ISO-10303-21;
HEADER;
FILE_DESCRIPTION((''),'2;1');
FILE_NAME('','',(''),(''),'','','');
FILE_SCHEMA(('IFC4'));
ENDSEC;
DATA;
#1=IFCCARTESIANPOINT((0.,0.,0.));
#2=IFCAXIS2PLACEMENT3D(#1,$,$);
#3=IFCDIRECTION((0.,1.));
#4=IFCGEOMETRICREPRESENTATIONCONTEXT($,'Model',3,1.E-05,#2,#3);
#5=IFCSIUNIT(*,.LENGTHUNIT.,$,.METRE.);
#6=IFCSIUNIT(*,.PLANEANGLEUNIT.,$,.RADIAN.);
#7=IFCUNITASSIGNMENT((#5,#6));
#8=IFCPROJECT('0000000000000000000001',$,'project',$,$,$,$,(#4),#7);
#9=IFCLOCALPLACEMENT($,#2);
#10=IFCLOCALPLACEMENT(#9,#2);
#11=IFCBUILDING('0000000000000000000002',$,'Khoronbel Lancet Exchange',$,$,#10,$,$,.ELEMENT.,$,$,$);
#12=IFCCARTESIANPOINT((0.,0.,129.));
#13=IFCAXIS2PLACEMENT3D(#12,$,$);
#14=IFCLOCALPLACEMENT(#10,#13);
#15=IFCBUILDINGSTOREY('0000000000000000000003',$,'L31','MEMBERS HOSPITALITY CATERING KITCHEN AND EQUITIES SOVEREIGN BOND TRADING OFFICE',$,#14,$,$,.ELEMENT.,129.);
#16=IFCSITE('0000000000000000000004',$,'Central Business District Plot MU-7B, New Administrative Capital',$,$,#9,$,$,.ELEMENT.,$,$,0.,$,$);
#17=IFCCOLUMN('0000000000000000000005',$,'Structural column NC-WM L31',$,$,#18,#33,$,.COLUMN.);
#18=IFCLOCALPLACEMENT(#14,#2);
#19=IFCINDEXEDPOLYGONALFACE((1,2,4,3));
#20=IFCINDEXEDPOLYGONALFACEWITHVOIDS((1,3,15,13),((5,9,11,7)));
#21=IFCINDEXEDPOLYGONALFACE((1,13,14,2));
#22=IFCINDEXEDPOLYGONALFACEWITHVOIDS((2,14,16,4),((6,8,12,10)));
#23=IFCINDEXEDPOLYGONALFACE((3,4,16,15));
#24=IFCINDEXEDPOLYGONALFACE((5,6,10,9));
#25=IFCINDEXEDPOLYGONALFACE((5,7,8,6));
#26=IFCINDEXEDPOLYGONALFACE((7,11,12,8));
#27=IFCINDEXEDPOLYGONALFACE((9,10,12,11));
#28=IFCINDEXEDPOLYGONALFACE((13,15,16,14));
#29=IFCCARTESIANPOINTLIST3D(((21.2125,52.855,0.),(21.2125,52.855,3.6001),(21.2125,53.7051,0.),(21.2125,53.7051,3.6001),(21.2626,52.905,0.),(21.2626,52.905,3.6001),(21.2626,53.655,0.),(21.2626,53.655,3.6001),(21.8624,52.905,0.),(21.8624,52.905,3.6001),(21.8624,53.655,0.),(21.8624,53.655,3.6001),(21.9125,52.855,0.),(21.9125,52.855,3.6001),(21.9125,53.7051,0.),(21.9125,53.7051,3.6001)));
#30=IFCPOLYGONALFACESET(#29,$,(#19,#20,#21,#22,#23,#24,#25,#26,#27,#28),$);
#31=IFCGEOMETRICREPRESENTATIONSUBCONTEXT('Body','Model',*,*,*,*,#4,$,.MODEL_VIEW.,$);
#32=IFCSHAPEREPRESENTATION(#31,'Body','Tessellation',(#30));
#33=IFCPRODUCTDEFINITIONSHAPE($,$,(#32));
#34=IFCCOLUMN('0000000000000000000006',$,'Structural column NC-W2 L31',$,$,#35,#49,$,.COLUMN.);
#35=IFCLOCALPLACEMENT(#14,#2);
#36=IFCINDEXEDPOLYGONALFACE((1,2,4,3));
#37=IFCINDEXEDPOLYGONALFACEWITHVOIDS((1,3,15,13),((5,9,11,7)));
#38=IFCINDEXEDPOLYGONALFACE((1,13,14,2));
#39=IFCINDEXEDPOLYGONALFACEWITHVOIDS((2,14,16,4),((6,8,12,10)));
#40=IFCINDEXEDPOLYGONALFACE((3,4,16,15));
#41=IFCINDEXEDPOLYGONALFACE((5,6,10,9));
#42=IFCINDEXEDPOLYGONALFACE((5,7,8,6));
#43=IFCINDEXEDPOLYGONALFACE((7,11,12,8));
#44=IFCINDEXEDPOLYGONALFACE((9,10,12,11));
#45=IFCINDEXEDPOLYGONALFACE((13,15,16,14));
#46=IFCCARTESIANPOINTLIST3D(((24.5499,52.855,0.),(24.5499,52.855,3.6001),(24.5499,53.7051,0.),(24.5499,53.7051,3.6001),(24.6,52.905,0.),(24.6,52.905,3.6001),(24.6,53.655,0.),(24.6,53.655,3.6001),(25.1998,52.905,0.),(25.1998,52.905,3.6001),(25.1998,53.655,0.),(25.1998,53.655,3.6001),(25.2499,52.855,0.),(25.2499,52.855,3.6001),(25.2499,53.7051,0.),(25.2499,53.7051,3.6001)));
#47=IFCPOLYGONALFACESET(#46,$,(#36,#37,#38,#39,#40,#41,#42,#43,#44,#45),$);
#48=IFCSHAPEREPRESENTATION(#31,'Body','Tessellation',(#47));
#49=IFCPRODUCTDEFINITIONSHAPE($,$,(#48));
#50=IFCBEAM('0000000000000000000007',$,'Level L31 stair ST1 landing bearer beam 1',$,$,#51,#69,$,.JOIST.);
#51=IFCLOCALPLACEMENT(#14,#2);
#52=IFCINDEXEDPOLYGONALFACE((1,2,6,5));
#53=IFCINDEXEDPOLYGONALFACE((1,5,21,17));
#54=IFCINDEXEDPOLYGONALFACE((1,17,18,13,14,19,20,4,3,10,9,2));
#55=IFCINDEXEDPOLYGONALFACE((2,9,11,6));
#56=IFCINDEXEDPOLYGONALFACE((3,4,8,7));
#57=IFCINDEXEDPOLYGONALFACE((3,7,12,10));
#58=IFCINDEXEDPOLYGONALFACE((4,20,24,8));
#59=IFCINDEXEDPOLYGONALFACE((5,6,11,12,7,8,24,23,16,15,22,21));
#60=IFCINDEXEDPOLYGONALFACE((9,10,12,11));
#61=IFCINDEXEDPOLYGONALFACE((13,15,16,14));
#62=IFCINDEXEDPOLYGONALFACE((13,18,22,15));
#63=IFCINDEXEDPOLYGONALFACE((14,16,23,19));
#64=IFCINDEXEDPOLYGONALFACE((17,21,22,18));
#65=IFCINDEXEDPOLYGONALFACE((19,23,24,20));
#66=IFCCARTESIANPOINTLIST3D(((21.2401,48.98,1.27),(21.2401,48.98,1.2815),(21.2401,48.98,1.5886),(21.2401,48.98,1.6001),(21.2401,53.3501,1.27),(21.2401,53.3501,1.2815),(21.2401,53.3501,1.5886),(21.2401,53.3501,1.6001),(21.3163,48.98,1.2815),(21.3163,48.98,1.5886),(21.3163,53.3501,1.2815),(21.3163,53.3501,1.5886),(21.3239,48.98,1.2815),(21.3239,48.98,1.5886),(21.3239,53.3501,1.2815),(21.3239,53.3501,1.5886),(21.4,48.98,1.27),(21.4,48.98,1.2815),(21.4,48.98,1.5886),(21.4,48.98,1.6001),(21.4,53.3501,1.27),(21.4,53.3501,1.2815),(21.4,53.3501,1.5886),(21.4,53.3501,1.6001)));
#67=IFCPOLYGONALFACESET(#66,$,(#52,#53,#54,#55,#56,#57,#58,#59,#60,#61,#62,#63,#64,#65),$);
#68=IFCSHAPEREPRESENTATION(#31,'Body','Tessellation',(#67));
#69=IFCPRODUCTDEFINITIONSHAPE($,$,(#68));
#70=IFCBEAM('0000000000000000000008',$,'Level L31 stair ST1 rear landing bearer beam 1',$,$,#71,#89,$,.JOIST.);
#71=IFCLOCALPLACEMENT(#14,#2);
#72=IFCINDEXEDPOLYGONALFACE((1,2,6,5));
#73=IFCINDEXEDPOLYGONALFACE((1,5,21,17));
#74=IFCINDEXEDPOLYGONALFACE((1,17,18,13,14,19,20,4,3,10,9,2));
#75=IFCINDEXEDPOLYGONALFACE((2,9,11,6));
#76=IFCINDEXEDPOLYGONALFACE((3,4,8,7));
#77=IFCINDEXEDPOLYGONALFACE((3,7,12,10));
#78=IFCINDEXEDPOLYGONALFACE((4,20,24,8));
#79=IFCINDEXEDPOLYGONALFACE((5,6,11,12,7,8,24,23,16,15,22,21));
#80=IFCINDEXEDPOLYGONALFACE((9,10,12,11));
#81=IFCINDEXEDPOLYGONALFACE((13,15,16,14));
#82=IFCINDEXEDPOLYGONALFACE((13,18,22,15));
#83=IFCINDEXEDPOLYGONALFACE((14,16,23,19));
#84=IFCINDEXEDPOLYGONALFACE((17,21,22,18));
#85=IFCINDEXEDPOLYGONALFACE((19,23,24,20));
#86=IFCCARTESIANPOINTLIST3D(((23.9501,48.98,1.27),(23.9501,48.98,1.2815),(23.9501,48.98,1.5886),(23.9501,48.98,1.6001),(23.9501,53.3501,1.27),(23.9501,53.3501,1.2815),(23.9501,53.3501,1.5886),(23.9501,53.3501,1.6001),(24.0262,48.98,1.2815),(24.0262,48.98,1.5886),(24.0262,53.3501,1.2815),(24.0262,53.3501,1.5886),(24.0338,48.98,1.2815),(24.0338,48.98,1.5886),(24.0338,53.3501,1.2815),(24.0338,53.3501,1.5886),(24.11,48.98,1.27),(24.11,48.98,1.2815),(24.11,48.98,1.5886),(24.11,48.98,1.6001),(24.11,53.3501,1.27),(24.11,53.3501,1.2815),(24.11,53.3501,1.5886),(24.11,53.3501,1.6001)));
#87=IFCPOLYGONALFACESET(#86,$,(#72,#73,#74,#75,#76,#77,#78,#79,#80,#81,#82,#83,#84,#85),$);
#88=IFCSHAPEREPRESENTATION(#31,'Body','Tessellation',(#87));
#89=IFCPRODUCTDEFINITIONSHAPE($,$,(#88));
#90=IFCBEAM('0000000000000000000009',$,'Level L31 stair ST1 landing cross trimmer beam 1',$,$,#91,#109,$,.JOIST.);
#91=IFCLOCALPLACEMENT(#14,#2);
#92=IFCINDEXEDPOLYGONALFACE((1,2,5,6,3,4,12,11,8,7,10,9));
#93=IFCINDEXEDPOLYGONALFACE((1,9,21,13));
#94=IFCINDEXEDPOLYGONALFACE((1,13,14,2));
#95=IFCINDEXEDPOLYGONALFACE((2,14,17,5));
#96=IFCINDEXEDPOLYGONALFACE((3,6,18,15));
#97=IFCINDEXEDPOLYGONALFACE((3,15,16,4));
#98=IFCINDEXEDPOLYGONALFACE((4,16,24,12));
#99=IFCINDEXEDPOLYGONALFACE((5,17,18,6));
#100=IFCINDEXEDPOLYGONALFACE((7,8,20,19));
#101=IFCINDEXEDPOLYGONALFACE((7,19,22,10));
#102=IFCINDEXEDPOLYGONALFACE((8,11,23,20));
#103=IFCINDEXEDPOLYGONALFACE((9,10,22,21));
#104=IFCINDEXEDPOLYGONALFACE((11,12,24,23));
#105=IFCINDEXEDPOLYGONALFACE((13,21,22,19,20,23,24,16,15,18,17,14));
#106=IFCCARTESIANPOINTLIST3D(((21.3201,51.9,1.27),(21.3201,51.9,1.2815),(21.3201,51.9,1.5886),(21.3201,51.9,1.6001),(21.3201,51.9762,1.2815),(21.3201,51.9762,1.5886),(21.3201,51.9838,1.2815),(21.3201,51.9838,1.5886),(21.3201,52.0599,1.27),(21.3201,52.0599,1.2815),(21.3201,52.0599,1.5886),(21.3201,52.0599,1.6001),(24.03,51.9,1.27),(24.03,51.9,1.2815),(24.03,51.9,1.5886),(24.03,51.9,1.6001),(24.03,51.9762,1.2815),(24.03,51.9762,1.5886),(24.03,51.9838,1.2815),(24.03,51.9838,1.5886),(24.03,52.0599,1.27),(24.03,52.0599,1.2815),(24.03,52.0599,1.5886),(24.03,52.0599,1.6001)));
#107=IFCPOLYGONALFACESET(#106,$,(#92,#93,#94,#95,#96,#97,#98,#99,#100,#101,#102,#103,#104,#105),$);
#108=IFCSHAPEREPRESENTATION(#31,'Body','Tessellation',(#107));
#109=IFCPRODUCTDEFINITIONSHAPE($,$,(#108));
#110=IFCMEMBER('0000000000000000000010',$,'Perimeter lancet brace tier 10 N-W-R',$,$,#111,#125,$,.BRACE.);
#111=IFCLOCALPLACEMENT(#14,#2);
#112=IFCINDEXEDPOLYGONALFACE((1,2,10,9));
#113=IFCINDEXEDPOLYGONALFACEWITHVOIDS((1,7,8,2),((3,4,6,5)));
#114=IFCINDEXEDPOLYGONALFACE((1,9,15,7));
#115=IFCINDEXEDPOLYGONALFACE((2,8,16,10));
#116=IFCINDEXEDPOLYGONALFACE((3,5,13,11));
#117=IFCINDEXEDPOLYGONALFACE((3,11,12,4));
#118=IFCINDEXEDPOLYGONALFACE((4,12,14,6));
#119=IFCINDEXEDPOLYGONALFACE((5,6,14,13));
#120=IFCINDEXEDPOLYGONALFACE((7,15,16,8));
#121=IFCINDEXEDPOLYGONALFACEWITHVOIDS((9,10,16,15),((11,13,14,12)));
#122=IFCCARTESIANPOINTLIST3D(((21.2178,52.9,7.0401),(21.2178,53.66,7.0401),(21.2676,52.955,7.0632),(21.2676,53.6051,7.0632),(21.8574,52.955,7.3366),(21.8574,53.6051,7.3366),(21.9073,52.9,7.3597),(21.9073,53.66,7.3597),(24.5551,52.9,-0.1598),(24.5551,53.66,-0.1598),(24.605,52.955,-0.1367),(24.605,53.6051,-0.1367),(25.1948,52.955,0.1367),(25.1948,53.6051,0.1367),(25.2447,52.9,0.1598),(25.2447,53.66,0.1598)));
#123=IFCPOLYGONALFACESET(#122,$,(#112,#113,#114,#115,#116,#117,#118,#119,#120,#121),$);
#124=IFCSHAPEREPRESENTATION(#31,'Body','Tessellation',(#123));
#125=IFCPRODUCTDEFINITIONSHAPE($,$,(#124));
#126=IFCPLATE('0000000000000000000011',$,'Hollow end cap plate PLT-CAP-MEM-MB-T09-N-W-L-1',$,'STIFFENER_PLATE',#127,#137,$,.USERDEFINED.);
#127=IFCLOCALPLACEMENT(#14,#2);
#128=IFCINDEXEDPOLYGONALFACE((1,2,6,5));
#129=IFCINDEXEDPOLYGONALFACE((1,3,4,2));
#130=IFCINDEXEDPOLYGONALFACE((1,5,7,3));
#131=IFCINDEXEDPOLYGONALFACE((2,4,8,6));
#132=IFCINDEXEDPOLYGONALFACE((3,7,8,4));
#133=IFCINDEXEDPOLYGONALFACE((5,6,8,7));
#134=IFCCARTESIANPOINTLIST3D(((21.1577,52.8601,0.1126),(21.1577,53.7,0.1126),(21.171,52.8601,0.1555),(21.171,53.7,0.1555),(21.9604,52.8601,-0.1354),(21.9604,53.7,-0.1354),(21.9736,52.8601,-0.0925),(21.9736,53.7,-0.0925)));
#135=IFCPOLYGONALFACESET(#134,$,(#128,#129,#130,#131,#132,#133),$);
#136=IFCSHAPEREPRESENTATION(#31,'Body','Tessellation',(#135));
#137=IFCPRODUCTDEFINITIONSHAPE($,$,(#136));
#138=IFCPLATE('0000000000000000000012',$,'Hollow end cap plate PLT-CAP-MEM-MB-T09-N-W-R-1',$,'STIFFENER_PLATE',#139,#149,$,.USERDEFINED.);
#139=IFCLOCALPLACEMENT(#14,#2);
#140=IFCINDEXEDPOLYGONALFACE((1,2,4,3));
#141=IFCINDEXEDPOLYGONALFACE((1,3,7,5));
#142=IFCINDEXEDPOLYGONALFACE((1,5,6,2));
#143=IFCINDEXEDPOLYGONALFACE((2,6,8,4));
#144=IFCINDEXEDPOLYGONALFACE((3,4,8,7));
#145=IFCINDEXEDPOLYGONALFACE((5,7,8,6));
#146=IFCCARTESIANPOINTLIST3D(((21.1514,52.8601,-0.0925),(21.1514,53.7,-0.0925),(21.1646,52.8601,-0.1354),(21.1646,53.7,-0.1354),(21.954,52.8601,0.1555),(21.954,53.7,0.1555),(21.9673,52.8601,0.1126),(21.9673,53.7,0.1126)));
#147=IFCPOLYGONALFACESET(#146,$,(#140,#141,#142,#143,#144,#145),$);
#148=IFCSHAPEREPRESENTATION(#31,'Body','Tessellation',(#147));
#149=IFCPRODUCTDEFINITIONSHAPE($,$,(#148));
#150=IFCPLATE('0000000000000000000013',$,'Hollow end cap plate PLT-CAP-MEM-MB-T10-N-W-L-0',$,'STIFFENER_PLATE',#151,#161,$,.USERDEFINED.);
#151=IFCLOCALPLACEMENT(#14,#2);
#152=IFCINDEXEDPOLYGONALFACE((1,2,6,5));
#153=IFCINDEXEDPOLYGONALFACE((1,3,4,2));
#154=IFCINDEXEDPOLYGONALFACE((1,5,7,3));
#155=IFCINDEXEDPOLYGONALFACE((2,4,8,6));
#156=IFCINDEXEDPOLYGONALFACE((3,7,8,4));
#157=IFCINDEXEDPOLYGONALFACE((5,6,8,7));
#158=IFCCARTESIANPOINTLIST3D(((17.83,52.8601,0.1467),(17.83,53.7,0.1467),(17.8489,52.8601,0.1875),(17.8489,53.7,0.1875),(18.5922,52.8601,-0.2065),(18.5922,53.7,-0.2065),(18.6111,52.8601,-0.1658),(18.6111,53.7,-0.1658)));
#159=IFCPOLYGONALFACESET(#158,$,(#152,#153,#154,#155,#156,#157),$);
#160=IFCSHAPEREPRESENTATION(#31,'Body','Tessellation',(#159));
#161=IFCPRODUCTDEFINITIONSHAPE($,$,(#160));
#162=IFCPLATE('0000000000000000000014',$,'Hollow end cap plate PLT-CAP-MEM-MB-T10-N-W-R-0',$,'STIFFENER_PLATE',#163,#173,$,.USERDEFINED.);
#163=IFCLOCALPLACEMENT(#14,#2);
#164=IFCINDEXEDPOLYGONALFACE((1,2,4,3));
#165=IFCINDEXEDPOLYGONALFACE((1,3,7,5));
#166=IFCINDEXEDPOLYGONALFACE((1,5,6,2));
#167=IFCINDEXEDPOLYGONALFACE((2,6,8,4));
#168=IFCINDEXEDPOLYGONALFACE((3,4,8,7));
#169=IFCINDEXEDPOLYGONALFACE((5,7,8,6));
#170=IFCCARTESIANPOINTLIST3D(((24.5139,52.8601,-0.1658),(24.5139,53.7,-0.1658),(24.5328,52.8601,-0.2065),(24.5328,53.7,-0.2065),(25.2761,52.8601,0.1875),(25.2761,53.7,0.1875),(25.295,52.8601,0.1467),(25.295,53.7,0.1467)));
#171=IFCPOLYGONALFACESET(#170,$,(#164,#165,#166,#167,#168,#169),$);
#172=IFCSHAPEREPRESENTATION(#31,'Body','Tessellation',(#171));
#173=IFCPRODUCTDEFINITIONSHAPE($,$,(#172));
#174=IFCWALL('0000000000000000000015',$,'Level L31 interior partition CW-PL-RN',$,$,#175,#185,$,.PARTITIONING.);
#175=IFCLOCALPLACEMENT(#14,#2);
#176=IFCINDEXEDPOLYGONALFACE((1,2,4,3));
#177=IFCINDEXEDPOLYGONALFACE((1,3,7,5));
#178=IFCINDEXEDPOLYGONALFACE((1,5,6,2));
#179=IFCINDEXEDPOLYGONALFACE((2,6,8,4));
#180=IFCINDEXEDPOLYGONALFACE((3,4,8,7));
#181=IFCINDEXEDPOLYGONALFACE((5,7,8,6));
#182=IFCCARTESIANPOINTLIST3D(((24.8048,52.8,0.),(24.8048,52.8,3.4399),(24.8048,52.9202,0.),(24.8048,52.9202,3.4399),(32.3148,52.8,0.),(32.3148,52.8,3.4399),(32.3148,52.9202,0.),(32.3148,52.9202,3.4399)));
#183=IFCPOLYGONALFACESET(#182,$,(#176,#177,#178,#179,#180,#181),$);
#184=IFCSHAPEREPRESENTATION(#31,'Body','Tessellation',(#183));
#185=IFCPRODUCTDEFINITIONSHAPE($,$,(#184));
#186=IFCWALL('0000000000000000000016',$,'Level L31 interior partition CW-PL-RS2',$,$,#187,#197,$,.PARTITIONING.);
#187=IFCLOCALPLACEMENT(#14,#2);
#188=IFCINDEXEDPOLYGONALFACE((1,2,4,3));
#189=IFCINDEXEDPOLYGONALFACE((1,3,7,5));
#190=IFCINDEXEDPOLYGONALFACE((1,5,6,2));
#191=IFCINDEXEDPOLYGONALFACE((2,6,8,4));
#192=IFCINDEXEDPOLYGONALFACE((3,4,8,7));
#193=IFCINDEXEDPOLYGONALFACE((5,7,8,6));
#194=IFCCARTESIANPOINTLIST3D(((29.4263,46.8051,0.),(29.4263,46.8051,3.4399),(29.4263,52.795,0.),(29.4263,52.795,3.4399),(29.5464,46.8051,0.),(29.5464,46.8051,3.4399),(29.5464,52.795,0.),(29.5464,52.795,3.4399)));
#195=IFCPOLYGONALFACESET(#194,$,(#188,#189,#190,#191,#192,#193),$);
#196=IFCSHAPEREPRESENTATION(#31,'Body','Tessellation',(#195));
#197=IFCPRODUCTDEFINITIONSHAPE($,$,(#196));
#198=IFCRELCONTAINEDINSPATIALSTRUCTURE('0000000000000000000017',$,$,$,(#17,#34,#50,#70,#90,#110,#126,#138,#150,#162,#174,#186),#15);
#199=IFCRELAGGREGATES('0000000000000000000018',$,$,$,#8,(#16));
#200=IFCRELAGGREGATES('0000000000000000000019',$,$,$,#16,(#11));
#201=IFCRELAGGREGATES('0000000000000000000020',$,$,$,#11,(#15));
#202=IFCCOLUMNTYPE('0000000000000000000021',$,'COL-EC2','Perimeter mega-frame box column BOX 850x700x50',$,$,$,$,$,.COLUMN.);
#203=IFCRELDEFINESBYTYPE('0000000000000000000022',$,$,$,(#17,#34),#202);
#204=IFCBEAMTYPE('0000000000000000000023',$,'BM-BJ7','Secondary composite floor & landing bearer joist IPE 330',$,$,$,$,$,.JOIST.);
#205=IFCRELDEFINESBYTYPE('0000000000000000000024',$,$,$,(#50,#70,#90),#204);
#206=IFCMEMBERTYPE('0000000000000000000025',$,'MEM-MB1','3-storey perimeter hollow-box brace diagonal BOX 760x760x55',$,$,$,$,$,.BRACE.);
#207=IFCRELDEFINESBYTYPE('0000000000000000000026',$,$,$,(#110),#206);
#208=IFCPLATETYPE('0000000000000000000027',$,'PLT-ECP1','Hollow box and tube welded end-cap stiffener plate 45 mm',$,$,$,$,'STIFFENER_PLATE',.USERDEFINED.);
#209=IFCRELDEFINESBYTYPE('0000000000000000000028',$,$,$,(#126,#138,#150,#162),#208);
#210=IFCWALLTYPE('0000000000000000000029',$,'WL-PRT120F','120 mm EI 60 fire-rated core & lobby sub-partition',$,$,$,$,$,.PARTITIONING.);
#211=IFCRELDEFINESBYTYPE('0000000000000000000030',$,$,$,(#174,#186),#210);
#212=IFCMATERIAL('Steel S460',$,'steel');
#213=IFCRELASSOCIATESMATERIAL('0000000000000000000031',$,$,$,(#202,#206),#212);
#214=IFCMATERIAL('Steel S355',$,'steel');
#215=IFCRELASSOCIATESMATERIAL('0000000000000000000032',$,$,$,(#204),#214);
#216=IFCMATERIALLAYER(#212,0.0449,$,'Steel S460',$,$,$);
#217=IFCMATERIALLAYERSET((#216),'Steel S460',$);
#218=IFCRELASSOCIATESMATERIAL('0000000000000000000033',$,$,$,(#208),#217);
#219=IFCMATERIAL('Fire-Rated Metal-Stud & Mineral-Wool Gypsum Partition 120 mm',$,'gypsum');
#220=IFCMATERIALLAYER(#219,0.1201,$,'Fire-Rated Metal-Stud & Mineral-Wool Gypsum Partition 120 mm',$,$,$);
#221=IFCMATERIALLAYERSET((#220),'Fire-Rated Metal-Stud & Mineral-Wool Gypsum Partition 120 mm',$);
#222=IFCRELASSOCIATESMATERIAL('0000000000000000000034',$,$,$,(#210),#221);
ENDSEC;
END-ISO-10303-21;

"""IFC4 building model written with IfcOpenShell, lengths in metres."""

from ifc_helpers import new_model, si_unit, direction, frame, frame_2d, origin, origin_2d, place, context, subcontext, project, spatial, polyline, rectangle, hollow_rectangle, i_section, outline, extrude, material, layer, layer_set, material_profile, profile_set, type_object, element, save


model = new_model("IFC4")

# Units and contexts
model_context = context("Model", 3, precision=1e-05, world=origin(), true_north=direction((0.0, 1.0)))
body_context = subcontext(model_context, "Body", "Model", "MODEL_VIEW")
ifc_project = project(units=[si_unit("LENGTHUNIT", "METRE"), si_unit("PLANEANGLEUNIT", "RADIAN")], contexts=[model_context])

# Site, building, storey
site_placement = place(None, origin())
site = spatial("IfcSite", under=ifc_project, at=site_placement, Name="Central Business District Plot MU-7B, New Administrative Capital", CompositionType="ELEMENT", RefElevation=0.0)
building_placement = place(site_placement, origin())
building = spatial("IfcBuilding", under=site, at=building_placement, Name="Khoronbel Lancet Exchange", CompositionType="ELEMENT")
storey_placement = place(building_placement, frame((0.0, 0.0, 129.0)))
storey = spatial("IfcBuildingStorey", under=building, at=storey_placement, Name="L31", Description="MEMBERS HOSPITALITY CATERING KITCHEN AND EQUITIES SOVEREIGN BOND TRADING OFFICE", CompositionType="ELEMENT", Elevation=129.0)

# Columns
ifc_material_1 = material(Name="Steel S460", Category="steel")
ifc_material_profile_1 = material_profile(ifc_material_1, hollow_rectangle(XDim=0.7, YDim=0.8501, WallThickness=0.05, at=origin_2d()), Name="BOX 850x700x50")
ifc_profile_set_1 = profile_set([ifc_material_profile_1], Name="Steel S460")
column_type = type_object("IfcColumnType", Name="COL-EC2", Description="Perimeter mega-frame box column BOX 850x700x50", PredefinedType="COLUMN", material=ifc_profile_set_1)
for number, where, z_axis, x_axis, name in (
    (1, (21.5625, 53.28, 0.0), (0.0, 0.0, 1.0), (1.0, 0.0, 0.0), "Structural column NC-WM L31"),
    (2, (24.8999, 53.28, 0.0), (0.0, 0.0, 1.0), (1.0, 0.0, 0.0), "Structural column NC-W2 L31"),
):
    element("IfcColumn", number, at=place(storey_placement, frame(where, z_axis=z_axis, x_axis=x_axis)), inside=storey, type_object=column_type, Name=name, PredefinedType="COLUMN", context=body_context, shape_type="SweptSolid", body=[
        extrude(hollow_rectangle(XDim=0.7, YDim=0.8501, WallThickness=0.05, at=origin_2d()), origin(), (0.0, 0.0, 1.0), 3.6001),
    ])

# Beams
ifc_material_2 = material(Name="Steel S355", Category="steel")
ifc_material_profile_2 = material_profile(ifc_material_2, i_section(OverallWidth=0.1599, OverallDepth=0.3301, WebThickness=0.0076, FlangeThickness=0.0115, at=origin_2d()), Name="IPE 330")
ifc_profile_set_2 = profile_set([ifc_material_profile_2], Name="Steel S355")
beam_type = type_object("IfcBeamType", Name="BM-BJ7", Description="Secondary composite floor & landing bearer joist IPE 330", PredefinedType="JOIST", material=ifc_profile_set_2)
for number, where, z_axis, x_axis, name in (
    (3, (21.3201, 48.98, 1.4351), (0.0, 1.0, 0.0), (-1.0, 0.0, 0.0), "Level L31 stair ST1 landing bearer beam 1"),
    (4, (24.03, 48.98, 1.4351), (0.0, 1.0, 0.0), (-1.0, 0.0, 0.0), "Level L31 stair ST1 rear landing bearer beam 1"),
):
    element("IfcBeam", number, at=place(storey_placement, frame(where, z_axis=z_axis, x_axis=x_axis)), inside=storey, type_object=beam_type, Name=name, PredefinedType="JOIST", context=body_context, shape_type="SweptSolid", body=[
        extrude(i_section(OverallWidth=0.1599, OverallDepth=0.3301, WebThickness=0.0076, FlangeThickness=0.0115, at=origin_2d()), origin(), (0.0, 0.0, 1.0), 4.3701),
    ])
beam_placement = place(storey_placement, frame((21.3201, 51.98, 1.4351), z_axis=(1.0, 0.0, 0.0), x_axis=(0.0, 1.0, 0.0)))
element("IfcBeam", 5, at=beam_placement, inside=storey, type_object=beam_type, Name="Level L31 stair ST1 landing cross trimmer beam 1", PredefinedType="JOIST", context=body_context, shape_type="SweptSolid", body=[
    extrude(i_section(OverallWidth=0.1599, OverallDepth=0.3301, WebThickness=0.0076, FlangeThickness=0.0115, at=origin_2d()), origin(), (0.0, 0.0, 1.0), 2.71),
])

# Member
ifc_material_profile_3 = material_profile(ifc_material_1, hollow_rectangle(XDim=0.76, YDim=0.76, WallThickness=0.0549, at=origin_2d()), Name="BOX 760x760x55")
ifc_profile_set_3 = profile_set([ifc_material_profile_3], Name="Steel S460")
member_type = type_object("IfcMemberType", Name="MEM-MB1", Description="3-storey perimeter hollow-box brace diagonal BOX 760x760x55", PredefinedType="BRACE", material=ifc_profile_set_3)
member_placement = place(storey_placement, frame((24.8999, 53.28, 0.0), z_axis=(-0.420548, 0.0, 0.90727), x_axis=(0.0, -1.0, 0.0)))
element("IfcMember", 6, at=member_placement, inside=storey, type_object=member_type, Name="Perimeter lancet brace tier 10 N-W-R", PredefinedType="BRACE", context=body_context, shape_type="SweptSolid", body=[
    extrude(hollow_rectangle(XDim=0.76, YDim=0.76, WallThickness=0.0549, at=origin_2d()), origin(), (0.0, 0.0, 1.0), 7.9358),
])

# Plates
ifc_layer_1 = layer(ifc_material_1, 0.0449, Name="Steel S460")
ifc_layer_set_1 = layer_set([ifc_layer_1], Name="Steel S460")
plate_type = type_object("IfcPlateType", Name="PLT-ECP1", Description="Hollow box and tube welded end-cap stiffener plate 45 mm", ElementType="STIFFENER_PLATE", PredefinedType="USERDEFINED", material=ifc_layer_set_1)
for number, where, z_axis, x_axis, name in (
    (7, (21.9736, 52.8601, -0.0925), (0.295229, 0.0, 0.955426), (0.0, 1.0, 0.0), "Hollow end cap plate PLT-CAP-MEM-MB-T09-N-W-L-1"),
    (8, (21.1514, 53.7, -0.0925), (-0.295229, 0.0, 0.955426), (0.0, -1.0, 0.0), "Hollow end cap plate PLT-CAP-MEM-MB-T09-N-W-R-1"),
    (9, (18.6111, 52.8601, -0.1658), (0.420514, 0.0, 0.907286), (0.0, 1.0, 0.0), "Hollow end cap plate PLT-CAP-MEM-MB-T10-N-W-L-0"),
    (10, (24.5139, 53.7, -0.1658), (-0.420514, 0.0, 0.907286), (0.0, -1.0, 0.0), "Hollow end cap plate PLT-CAP-MEM-MB-T10-N-W-R-0"),
):
    element("IfcPlate", number, at=place(storey_placement, frame(where, z_axis=z_axis, x_axis=x_axis)), inside=storey, type_object=plate_type, Name=name, ObjectType="STIFFENER_PLATE", PredefinedType="USERDEFINED", context=body_context, shape_type="SweptSolid", body=[
        extrude(outline(polyline([(0.0, 0.0), (0.8398, 0.0), (0.8398, 0.8401), (0.0, 0.8401), (0.0, 0.0)])), origin(), (0.0, 0.0, -1.0), 0.0449),
    ])

# Walls
ifc_material_3 = material(Name="Fire-Rated Metal-Stud & Mineral-Wool Gypsum Partition 120 mm", Category="gypsum")
ifc_layer_2 = layer(ifc_material_3, 0.1201, Name="Fire-Rated Metal-Stud & Mineral-Wool Gypsum Partition 120 mm")
ifc_layer_set_2 = layer_set([ifc_layer_2], Name="Fire-Rated Metal-Stud & Mineral-Wool Gypsum Partition 120 mm")
wall_type_1 = type_object("IfcWallType", Name="WL-PRT120F", Description="120 mm EI 60 fire-rated core & lobby sub-partition", PredefinedType="PARTITIONING", material=ifc_layer_set_2)
wall_1_placement = place(storey_placement, frame((24.8049, 52.8601, 0.0), z_axis=(0.0, 0.0, 1.0), x_axis=(1.0, 0.0, 0.0)))
element("IfcWall", 11, at=wall_1_placement, inside=storey, type_object=wall_type_1, Name="Level L31 interior partition CW-PL-RN", PredefinedType="PARTITIONING", context=body_context, shape_type="SweptSolid", body=[
    extrude(rectangle(XDim=7.51, YDim=0.1201, at=frame_2d((3.7549, 0.0))), origin(), (0.0, 0.0, 1.0), 3.4399),
])
wall_2_placement = place(storey_placement, frame((29.4863, 46.8049, 0.0), z_axis=(0.0, 0.0, 1.0), x_axis=(0.0, 1.0, 0.0)))
element("IfcWall", 12, at=wall_2_placement, inside=storey, type_object=wall_type_1, Name="Level L31 interior partition CW-PL-RS2", PredefinedType="PARTITIONING", context=body_context, shape_type="SweptSolid", body=[
    extrude(rectangle(XDim=5.99, YDim=0.1201, at=frame_2d((2.9951, 0.0))), origin(), (0.0, 0.0, 1.0), 3.4399),
])

save(model, "model.ifc")
